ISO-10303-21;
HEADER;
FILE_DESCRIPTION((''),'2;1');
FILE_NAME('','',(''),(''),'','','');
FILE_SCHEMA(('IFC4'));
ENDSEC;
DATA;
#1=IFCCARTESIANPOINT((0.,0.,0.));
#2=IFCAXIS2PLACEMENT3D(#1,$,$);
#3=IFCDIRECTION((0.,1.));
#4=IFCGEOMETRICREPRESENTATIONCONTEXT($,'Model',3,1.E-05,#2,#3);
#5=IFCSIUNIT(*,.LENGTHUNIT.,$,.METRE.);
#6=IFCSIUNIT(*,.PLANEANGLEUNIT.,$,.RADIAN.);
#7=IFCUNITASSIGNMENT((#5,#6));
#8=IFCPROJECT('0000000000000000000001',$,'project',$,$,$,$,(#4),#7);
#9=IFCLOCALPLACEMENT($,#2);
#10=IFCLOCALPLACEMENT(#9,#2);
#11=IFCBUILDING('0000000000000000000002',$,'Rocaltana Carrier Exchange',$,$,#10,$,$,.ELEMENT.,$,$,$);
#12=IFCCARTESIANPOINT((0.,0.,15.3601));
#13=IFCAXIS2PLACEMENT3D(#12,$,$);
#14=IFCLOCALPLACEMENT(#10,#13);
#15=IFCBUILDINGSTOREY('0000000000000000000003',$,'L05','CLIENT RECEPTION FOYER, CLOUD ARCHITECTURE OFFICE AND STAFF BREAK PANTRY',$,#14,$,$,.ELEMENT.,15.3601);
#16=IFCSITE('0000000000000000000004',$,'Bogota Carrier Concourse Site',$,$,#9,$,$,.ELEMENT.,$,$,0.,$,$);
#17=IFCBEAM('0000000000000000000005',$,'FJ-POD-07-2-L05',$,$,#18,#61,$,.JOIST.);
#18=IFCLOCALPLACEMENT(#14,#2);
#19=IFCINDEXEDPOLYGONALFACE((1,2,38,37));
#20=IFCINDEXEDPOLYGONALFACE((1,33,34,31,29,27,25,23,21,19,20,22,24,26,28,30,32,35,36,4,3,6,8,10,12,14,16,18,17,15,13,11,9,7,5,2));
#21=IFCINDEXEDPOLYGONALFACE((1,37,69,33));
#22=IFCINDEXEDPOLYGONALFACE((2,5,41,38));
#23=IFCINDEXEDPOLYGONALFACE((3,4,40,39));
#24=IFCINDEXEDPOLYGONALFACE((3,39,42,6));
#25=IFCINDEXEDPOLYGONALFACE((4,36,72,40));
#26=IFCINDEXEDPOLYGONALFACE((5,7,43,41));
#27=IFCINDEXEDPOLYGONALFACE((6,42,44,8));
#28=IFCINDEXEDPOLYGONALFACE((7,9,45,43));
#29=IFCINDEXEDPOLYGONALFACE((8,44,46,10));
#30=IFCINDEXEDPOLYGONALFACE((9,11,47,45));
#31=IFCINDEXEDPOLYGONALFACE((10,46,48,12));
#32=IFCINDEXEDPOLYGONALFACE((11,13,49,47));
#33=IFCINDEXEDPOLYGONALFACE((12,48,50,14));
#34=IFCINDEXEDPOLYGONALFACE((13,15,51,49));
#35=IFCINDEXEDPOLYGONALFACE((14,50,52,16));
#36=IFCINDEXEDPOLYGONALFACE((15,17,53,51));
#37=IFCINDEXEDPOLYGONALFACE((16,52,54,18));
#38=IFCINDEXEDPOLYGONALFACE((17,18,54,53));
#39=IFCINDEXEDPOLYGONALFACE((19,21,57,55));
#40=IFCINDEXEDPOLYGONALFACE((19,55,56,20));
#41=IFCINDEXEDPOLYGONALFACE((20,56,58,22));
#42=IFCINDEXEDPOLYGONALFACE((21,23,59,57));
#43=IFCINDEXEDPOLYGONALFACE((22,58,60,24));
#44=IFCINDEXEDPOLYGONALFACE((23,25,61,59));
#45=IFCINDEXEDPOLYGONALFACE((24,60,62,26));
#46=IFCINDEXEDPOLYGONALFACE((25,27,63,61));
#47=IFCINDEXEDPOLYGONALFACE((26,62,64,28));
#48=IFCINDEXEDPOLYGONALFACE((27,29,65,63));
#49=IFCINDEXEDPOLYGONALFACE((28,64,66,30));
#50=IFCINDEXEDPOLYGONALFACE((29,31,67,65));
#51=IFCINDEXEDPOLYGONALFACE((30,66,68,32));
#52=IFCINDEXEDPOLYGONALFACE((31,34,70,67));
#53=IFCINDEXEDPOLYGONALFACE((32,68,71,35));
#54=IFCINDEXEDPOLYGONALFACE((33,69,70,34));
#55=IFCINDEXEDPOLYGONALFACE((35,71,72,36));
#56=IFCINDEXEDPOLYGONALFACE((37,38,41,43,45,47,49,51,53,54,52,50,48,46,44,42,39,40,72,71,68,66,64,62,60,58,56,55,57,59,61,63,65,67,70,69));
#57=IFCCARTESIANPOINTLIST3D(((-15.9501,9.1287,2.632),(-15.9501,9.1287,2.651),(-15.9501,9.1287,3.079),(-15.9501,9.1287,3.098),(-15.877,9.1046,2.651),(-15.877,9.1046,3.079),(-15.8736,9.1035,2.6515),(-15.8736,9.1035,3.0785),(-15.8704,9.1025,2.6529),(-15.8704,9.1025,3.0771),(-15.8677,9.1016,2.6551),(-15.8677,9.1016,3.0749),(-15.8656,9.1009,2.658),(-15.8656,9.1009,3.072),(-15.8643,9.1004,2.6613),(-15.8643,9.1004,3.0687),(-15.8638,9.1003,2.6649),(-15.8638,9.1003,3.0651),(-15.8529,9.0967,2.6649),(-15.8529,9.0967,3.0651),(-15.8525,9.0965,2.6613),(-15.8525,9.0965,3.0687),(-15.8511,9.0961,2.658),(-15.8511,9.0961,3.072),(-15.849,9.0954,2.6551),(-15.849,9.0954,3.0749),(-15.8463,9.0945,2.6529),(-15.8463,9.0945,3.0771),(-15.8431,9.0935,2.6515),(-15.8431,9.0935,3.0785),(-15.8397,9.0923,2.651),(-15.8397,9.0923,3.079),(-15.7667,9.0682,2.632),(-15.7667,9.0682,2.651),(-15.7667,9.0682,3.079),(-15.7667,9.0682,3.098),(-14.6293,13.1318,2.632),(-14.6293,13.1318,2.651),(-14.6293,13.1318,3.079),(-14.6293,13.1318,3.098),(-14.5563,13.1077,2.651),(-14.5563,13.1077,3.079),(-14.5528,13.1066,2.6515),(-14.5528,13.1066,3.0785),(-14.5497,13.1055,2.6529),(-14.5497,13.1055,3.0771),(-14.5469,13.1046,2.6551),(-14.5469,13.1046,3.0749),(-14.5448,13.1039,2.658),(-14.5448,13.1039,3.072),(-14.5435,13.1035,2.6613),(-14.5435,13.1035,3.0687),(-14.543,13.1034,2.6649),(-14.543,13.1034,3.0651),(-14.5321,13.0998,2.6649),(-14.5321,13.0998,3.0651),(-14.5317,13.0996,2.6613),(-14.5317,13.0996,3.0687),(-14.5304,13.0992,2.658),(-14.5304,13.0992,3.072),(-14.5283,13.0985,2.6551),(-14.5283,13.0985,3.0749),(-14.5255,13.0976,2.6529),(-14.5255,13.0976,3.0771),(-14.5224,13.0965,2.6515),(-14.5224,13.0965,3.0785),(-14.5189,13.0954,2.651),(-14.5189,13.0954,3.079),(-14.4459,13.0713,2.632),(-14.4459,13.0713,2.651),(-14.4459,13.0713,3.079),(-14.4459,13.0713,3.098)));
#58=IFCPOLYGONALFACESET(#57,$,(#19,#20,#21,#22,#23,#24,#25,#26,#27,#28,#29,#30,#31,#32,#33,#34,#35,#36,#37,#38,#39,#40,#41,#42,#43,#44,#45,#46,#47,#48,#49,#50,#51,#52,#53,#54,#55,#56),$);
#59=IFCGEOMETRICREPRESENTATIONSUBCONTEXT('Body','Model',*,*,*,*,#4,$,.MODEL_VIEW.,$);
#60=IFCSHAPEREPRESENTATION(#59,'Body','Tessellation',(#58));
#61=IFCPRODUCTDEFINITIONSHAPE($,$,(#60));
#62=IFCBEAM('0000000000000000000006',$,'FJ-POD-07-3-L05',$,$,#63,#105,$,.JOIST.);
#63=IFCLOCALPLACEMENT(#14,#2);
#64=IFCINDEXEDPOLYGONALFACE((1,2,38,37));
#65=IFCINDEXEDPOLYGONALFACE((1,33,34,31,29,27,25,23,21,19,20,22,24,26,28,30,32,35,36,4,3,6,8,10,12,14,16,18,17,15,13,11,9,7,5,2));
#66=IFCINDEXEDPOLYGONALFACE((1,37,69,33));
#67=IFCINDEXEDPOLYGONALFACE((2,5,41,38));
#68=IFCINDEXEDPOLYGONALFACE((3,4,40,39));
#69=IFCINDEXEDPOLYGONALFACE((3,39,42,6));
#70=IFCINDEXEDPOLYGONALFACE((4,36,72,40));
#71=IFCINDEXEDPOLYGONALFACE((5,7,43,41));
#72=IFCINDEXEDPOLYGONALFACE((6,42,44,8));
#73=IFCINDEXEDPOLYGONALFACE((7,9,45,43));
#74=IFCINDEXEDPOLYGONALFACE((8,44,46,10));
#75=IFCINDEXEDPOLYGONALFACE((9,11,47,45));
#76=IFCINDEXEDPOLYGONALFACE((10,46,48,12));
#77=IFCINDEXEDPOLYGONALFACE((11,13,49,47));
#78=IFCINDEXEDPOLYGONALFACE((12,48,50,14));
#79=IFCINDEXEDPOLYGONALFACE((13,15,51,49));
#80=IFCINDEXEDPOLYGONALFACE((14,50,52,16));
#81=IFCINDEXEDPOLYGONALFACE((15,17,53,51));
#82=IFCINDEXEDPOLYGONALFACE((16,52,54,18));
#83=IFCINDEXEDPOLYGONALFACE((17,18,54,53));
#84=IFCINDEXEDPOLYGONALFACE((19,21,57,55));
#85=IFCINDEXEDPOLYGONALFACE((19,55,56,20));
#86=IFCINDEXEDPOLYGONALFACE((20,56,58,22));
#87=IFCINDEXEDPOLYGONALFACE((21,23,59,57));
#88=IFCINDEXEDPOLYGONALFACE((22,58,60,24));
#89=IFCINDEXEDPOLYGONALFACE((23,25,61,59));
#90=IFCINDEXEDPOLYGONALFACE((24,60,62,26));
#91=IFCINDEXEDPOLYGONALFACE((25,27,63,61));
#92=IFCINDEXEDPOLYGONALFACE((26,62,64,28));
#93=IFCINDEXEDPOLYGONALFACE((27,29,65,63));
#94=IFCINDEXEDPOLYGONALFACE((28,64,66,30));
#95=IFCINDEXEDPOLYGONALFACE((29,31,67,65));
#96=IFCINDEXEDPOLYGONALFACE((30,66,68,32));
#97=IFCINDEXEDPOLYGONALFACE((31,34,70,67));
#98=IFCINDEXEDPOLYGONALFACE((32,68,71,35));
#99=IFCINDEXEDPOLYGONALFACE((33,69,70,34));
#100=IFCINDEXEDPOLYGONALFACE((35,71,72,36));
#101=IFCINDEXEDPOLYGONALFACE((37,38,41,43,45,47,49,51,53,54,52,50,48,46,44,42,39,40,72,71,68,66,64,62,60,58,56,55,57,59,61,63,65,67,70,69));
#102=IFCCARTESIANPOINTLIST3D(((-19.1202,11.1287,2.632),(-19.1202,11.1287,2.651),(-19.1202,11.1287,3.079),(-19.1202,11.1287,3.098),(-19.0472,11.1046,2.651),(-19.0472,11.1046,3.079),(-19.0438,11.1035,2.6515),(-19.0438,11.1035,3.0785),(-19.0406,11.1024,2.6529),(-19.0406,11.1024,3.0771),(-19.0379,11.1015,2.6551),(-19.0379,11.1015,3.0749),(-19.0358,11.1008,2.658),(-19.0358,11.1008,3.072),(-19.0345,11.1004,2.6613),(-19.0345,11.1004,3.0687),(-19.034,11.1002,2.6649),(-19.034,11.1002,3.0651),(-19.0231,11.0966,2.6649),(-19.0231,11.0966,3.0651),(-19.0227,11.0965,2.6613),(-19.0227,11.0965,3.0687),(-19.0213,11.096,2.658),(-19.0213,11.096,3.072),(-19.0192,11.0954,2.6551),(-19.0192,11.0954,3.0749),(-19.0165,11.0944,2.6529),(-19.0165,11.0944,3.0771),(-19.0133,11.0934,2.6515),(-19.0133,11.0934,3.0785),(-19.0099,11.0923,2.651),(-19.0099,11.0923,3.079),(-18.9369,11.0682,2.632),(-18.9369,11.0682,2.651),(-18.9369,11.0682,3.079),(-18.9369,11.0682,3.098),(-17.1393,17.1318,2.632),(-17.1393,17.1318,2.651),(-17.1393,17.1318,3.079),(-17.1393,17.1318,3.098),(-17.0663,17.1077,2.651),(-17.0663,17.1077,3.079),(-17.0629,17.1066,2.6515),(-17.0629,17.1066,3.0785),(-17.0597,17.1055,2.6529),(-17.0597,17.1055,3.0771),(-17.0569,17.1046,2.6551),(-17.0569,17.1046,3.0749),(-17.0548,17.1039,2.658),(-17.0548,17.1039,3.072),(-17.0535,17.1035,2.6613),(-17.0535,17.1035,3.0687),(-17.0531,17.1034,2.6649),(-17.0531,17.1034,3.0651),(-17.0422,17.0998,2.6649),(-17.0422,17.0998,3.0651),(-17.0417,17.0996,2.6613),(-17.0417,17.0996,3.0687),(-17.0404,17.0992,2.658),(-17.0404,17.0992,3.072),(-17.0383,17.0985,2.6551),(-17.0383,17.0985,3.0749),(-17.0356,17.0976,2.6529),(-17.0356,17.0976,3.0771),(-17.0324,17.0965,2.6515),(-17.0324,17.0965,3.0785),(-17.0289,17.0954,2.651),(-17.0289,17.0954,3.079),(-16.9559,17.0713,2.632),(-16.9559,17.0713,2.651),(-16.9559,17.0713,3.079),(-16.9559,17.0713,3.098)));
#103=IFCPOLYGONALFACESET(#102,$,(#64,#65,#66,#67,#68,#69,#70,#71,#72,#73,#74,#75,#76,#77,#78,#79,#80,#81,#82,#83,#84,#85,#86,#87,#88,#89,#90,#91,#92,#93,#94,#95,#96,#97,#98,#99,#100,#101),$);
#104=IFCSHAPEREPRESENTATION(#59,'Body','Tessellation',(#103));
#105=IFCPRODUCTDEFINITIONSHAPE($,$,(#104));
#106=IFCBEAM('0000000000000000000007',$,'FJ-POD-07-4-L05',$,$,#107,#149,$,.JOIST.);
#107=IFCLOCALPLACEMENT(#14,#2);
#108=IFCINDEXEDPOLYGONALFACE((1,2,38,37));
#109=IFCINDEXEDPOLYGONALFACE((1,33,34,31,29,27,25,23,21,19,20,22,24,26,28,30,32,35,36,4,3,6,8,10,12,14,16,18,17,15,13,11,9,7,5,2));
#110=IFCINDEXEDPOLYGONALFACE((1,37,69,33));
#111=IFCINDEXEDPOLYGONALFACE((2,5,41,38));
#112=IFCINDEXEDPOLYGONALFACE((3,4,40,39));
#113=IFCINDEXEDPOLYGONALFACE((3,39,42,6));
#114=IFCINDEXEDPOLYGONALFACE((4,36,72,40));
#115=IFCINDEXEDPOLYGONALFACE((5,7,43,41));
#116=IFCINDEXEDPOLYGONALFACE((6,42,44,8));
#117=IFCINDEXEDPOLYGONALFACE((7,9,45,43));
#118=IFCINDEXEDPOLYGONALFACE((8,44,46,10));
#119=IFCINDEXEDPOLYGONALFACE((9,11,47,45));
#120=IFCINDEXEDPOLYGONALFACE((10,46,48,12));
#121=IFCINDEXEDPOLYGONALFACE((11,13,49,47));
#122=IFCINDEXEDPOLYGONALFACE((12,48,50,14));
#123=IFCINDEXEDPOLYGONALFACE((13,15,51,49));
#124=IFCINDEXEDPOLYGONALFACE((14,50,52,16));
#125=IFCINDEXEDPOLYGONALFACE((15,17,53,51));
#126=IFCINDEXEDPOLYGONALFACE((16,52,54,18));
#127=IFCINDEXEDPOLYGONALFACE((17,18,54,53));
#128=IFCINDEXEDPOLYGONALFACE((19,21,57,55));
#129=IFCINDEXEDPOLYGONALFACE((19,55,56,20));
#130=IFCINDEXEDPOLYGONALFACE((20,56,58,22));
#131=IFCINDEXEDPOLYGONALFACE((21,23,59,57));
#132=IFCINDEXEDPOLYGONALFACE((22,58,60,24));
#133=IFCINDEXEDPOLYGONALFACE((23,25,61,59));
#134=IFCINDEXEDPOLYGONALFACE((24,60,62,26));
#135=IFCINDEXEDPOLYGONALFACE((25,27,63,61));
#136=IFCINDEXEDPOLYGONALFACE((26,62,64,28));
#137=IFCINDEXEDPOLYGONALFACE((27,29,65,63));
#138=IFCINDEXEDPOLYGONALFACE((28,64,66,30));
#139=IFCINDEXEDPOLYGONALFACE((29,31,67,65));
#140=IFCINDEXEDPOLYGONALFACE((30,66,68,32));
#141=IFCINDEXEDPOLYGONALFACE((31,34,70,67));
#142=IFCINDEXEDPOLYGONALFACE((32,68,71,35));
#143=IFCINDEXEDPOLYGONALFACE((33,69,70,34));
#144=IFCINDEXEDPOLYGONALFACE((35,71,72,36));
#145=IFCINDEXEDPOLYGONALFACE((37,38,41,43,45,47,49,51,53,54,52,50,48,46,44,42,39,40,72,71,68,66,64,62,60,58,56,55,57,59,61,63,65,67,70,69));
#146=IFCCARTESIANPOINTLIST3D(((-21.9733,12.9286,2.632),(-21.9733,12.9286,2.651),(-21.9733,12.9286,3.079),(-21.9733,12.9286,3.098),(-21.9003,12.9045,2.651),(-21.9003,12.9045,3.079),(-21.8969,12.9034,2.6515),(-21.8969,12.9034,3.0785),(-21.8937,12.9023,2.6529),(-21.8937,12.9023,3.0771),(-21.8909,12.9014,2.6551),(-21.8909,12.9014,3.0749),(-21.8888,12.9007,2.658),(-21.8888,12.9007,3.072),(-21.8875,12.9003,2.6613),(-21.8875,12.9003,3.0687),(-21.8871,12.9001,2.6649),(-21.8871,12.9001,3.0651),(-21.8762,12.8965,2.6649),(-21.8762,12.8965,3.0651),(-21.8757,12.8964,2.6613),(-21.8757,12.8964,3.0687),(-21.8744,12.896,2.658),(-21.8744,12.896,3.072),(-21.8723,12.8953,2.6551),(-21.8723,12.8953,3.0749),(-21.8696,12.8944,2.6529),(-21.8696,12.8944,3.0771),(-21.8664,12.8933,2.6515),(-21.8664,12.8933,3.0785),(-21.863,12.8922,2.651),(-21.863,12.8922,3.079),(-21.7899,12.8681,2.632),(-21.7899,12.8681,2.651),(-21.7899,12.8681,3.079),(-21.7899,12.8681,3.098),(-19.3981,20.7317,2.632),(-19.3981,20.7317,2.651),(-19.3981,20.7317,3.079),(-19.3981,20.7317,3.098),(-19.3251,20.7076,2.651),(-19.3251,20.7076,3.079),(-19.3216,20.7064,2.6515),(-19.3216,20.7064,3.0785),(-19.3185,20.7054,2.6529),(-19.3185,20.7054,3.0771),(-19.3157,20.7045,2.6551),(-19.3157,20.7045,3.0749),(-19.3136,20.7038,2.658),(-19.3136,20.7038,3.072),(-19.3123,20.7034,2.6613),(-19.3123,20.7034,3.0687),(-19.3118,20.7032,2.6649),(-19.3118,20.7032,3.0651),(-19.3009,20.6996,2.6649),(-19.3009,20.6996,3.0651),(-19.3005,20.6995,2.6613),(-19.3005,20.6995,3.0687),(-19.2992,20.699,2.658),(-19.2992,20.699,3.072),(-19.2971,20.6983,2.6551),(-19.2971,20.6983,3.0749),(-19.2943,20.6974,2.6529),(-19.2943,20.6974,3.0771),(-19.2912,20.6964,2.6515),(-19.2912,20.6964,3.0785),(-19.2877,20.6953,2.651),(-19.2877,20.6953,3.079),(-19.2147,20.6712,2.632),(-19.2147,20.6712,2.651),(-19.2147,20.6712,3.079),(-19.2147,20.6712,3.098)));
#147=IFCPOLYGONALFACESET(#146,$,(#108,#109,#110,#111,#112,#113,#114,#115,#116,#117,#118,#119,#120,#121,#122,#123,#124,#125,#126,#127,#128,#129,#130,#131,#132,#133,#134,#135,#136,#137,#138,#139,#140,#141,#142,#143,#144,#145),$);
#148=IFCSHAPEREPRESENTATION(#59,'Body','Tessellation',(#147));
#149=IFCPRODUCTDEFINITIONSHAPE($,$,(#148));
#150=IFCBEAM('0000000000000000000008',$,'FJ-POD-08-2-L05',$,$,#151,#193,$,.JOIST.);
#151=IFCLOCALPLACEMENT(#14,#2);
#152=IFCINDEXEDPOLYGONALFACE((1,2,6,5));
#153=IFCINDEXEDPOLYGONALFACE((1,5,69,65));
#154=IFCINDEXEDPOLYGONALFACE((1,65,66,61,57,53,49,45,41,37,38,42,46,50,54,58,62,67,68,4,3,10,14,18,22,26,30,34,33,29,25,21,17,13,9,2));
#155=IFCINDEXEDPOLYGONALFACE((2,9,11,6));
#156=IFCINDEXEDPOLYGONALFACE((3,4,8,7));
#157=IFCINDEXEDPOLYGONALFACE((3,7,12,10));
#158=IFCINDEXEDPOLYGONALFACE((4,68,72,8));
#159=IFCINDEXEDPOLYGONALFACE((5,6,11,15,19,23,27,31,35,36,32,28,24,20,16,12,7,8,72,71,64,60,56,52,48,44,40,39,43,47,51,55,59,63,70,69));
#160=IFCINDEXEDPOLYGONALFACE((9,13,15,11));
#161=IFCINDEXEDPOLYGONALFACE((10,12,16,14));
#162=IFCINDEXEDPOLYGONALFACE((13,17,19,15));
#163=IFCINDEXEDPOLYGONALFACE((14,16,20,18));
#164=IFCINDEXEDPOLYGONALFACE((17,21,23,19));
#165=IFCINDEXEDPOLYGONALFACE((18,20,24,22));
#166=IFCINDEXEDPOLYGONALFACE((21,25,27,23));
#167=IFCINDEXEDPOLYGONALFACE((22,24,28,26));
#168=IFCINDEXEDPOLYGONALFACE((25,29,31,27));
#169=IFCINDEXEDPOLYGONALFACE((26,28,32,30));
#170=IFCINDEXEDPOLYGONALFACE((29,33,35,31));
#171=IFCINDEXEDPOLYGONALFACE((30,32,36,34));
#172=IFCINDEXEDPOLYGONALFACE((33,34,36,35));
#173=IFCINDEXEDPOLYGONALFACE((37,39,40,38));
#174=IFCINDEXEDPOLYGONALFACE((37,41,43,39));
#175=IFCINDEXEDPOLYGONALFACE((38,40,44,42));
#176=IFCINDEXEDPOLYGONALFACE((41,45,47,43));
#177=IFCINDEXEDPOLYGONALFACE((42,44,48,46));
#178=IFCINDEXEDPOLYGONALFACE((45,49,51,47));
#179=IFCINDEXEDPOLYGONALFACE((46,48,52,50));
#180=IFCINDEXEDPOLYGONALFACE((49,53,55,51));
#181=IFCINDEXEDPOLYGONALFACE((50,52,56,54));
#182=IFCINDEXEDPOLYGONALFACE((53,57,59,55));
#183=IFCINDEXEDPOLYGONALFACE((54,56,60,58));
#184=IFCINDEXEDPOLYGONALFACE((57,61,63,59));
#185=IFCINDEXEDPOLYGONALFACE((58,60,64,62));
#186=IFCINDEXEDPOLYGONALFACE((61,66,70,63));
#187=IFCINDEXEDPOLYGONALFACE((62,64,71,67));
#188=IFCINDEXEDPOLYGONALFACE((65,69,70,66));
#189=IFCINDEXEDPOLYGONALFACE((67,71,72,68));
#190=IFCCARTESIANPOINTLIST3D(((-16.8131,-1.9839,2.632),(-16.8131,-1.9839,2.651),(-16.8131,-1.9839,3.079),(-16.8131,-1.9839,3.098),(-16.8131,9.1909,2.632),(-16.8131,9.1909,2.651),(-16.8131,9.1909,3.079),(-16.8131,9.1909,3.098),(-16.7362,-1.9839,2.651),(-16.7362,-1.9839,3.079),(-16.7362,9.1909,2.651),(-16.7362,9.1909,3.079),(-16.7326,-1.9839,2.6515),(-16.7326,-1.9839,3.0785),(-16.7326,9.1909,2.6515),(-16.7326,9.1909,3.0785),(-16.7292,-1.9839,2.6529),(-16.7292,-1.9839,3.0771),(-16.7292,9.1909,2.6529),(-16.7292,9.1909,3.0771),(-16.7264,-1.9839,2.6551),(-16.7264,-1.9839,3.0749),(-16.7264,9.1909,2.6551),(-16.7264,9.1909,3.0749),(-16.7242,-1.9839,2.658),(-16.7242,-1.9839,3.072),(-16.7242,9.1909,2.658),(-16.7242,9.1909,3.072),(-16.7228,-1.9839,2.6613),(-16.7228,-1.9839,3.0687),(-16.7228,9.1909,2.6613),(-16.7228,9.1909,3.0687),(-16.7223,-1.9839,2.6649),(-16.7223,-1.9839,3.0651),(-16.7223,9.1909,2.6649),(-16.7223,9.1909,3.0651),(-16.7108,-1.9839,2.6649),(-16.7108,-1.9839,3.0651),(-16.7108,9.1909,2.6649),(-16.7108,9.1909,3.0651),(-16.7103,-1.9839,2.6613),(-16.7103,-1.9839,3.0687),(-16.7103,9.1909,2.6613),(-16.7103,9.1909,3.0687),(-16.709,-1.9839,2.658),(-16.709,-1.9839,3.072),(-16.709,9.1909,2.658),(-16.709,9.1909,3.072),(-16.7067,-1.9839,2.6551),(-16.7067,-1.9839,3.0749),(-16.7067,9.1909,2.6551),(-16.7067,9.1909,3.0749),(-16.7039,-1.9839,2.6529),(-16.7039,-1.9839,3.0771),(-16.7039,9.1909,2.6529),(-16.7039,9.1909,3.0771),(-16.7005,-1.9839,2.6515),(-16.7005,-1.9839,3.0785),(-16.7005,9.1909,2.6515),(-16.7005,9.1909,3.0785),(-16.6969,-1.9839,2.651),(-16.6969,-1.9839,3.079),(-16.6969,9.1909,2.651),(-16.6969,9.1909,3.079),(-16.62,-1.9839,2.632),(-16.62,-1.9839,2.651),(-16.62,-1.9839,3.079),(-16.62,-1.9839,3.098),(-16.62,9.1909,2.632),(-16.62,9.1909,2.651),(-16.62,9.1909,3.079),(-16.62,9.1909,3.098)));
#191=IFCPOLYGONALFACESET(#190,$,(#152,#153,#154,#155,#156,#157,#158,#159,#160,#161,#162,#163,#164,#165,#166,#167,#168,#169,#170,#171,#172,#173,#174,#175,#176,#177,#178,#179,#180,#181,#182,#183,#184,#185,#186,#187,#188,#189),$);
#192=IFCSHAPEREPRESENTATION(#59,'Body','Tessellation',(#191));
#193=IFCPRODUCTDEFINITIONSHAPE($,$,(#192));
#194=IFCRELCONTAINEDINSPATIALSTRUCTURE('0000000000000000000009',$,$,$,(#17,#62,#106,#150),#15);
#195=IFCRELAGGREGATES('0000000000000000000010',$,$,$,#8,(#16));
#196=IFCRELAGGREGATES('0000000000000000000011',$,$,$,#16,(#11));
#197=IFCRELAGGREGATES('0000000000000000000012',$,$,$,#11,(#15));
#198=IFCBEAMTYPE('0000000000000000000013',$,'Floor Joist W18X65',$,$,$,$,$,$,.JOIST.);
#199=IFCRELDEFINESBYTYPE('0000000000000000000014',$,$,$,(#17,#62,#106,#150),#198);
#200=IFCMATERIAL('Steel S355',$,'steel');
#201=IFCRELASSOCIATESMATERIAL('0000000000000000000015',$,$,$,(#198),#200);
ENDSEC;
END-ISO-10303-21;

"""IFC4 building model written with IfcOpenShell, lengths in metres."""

from ifc_helpers import new_model, si_unit, direction, frame, origin, origin_2d, place, context, subcontext, project, spatial, i_section, extrude, material, material_profile, profile_set, type_object, element, save


model = new_model("IFC4")

# Units and contexts
model_context = context("Model", 3, precision=1e-05, world=origin(), true_north=direction((0.0, 1.0)))
body_context = subcontext(model_context, "Body", "Model", "MODEL_VIEW")
ifc_project = project(units=[si_unit("LENGTHUNIT", "METRE"), si_unit("PLANEANGLEUNIT", "RADIAN")], contexts=[model_context])

# Site, building, storey
site_placement = place(None, origin())
site = spatial("IfcSite", under=ifc_project, at=site_placement, Name="Bogota Carrier Concourse Site", CompositionType="ELEMENT", RefElevation=0.0)
building_placement = place(site_placement, origin())
building = spatial("IfcBuilding", under=site, at=building_placement, Name="Rocaltana Carrier Exchange", CompositionType="ELEMENT")
storey_placement = place(building_placement, frame((0.0, 0.0, 15.3601)))
storey = spatial("IfcBuildingStorey", under=building, at=storey_placement, Name="L05", Description="CLIENT RECEPTION FOYER, CLOUD ARCHITECTURE OFFICE AND STAFF BREAK PANTRY", CompositionType="ELEMENT", Elevation=15.3601)

# Beams
ifc_material_1 = material(Name="Steel S355", Category="steel")
ifc_material_profile_1 = material_profile(ifc_material_1, i_section(OverallWidth=0.1931, OverallDepth=0.4661, WebThickness=0.0115, FlangeThickness=0.019, FilletRadius=0.0139, at=origin_2d()), Name="W18X65")
ifc_profile_set_1 = profile_set([ifc_material_profile_1], Name="Steel S355")
beam_type_1 = type_object("IfcBeamType", Name="Floor Joist W18X65", PredefinedType="JOIST", material=ifc_profile_set_1)
beam_1_placement = place(storey_placement, frame((-14.5376, 13.1016, 2.865), z_axis=(-0.313325, -0.949646, 0.0), x_axis=(0.949646, -0.313325, 0.0)))
element("IfcBeam", 1, at=beam_1_placement, inside=storey, type_object=beam_type_1, Name="FJ-POD-07-2-L05", PredefinedType="JOIST", context=body_context, shape_type="SweptSolid", body=[
    extrude(i_section(OverallWidth=0.1931, OverallDepth=0.4661, WebThickness=0.0115, FlangeThickness=0.019, FilletRadius=0.0139, at=origin_2d()), origin(), (0.0, 0.0, 1.0), 4.2153),
])
beam_2_placement = place(storey_placement, frame((-17.0476, 17.1016, 2.865), z_axis=(-0.313365, -0.949633, 0.0), x_axis=(0.949633, -0.313365, 0.0)))
element("IfcBeam", 2, at=beam_2_placement, inside=storey, type_object=beam_type_1, Name="FJ-POD-07-3-L05", PredefinedType="JOIST", context=body_context, shape_type="SweptSolid", body=[
    extrude(i_section(OverallWidth=0.1931, OverallDepth=0.4661, WebThickness=0.0115, FlangeThickness=0.019, FilletRadius=0.0139, at=origin_2d()), origin(), (0.0, 0.0, 1.0), 6.3215),
])
beam_3_placement = place(storey_placement, frame((-19.3064, 20.7014, 2.865), z_axis=(-0.313401, -0.949621, 0.0), x_axis=(0.949621, -0.313401, 0.0)))
element("IfcBeam", 3, at=beam_3_placement, inside=storey, type_object=beam_type_1, Name="FJ-POD-07-4-L05", PredefinedType="JOIST", context=body_context, shape_type="SweptSolid", body=[
    extrude(i_section(OverallWidth=0.1931, OverallDepth=0.4661, WebThickness=0.0115, FlangeThickness=0.019, FilletRadius=0.0139, at=origin_2d()), origin(), (0.0, 0.0, 1.0), 8.217),
])
beam_4_placement = place(storey_placement, frame((-16.7166, 9.1909, 2.865), z_axis=(0.0, -1.0, 0.0), x_axis=(1.0, 0.0, 0.0)))
element("IfcBeam", 4, at=beam_4_placement, inside=storey, type_object=beam_type_1, Name="FJ-POD-08-2-L05", PredefinedType="JOIST", context=body_context, shape_type="SweptSolid", body=[
    extrude(i_section(OverallWidth=0.1931, OverallDepth=0.4661, WebThickness=0.0115, FlangeThickness=0.019, FilletRadius=0.0139, at=origin_2d()), origin(), (0.0, 0.0, 1.0), 11.1748),
])

save(model, "model.ifc")
